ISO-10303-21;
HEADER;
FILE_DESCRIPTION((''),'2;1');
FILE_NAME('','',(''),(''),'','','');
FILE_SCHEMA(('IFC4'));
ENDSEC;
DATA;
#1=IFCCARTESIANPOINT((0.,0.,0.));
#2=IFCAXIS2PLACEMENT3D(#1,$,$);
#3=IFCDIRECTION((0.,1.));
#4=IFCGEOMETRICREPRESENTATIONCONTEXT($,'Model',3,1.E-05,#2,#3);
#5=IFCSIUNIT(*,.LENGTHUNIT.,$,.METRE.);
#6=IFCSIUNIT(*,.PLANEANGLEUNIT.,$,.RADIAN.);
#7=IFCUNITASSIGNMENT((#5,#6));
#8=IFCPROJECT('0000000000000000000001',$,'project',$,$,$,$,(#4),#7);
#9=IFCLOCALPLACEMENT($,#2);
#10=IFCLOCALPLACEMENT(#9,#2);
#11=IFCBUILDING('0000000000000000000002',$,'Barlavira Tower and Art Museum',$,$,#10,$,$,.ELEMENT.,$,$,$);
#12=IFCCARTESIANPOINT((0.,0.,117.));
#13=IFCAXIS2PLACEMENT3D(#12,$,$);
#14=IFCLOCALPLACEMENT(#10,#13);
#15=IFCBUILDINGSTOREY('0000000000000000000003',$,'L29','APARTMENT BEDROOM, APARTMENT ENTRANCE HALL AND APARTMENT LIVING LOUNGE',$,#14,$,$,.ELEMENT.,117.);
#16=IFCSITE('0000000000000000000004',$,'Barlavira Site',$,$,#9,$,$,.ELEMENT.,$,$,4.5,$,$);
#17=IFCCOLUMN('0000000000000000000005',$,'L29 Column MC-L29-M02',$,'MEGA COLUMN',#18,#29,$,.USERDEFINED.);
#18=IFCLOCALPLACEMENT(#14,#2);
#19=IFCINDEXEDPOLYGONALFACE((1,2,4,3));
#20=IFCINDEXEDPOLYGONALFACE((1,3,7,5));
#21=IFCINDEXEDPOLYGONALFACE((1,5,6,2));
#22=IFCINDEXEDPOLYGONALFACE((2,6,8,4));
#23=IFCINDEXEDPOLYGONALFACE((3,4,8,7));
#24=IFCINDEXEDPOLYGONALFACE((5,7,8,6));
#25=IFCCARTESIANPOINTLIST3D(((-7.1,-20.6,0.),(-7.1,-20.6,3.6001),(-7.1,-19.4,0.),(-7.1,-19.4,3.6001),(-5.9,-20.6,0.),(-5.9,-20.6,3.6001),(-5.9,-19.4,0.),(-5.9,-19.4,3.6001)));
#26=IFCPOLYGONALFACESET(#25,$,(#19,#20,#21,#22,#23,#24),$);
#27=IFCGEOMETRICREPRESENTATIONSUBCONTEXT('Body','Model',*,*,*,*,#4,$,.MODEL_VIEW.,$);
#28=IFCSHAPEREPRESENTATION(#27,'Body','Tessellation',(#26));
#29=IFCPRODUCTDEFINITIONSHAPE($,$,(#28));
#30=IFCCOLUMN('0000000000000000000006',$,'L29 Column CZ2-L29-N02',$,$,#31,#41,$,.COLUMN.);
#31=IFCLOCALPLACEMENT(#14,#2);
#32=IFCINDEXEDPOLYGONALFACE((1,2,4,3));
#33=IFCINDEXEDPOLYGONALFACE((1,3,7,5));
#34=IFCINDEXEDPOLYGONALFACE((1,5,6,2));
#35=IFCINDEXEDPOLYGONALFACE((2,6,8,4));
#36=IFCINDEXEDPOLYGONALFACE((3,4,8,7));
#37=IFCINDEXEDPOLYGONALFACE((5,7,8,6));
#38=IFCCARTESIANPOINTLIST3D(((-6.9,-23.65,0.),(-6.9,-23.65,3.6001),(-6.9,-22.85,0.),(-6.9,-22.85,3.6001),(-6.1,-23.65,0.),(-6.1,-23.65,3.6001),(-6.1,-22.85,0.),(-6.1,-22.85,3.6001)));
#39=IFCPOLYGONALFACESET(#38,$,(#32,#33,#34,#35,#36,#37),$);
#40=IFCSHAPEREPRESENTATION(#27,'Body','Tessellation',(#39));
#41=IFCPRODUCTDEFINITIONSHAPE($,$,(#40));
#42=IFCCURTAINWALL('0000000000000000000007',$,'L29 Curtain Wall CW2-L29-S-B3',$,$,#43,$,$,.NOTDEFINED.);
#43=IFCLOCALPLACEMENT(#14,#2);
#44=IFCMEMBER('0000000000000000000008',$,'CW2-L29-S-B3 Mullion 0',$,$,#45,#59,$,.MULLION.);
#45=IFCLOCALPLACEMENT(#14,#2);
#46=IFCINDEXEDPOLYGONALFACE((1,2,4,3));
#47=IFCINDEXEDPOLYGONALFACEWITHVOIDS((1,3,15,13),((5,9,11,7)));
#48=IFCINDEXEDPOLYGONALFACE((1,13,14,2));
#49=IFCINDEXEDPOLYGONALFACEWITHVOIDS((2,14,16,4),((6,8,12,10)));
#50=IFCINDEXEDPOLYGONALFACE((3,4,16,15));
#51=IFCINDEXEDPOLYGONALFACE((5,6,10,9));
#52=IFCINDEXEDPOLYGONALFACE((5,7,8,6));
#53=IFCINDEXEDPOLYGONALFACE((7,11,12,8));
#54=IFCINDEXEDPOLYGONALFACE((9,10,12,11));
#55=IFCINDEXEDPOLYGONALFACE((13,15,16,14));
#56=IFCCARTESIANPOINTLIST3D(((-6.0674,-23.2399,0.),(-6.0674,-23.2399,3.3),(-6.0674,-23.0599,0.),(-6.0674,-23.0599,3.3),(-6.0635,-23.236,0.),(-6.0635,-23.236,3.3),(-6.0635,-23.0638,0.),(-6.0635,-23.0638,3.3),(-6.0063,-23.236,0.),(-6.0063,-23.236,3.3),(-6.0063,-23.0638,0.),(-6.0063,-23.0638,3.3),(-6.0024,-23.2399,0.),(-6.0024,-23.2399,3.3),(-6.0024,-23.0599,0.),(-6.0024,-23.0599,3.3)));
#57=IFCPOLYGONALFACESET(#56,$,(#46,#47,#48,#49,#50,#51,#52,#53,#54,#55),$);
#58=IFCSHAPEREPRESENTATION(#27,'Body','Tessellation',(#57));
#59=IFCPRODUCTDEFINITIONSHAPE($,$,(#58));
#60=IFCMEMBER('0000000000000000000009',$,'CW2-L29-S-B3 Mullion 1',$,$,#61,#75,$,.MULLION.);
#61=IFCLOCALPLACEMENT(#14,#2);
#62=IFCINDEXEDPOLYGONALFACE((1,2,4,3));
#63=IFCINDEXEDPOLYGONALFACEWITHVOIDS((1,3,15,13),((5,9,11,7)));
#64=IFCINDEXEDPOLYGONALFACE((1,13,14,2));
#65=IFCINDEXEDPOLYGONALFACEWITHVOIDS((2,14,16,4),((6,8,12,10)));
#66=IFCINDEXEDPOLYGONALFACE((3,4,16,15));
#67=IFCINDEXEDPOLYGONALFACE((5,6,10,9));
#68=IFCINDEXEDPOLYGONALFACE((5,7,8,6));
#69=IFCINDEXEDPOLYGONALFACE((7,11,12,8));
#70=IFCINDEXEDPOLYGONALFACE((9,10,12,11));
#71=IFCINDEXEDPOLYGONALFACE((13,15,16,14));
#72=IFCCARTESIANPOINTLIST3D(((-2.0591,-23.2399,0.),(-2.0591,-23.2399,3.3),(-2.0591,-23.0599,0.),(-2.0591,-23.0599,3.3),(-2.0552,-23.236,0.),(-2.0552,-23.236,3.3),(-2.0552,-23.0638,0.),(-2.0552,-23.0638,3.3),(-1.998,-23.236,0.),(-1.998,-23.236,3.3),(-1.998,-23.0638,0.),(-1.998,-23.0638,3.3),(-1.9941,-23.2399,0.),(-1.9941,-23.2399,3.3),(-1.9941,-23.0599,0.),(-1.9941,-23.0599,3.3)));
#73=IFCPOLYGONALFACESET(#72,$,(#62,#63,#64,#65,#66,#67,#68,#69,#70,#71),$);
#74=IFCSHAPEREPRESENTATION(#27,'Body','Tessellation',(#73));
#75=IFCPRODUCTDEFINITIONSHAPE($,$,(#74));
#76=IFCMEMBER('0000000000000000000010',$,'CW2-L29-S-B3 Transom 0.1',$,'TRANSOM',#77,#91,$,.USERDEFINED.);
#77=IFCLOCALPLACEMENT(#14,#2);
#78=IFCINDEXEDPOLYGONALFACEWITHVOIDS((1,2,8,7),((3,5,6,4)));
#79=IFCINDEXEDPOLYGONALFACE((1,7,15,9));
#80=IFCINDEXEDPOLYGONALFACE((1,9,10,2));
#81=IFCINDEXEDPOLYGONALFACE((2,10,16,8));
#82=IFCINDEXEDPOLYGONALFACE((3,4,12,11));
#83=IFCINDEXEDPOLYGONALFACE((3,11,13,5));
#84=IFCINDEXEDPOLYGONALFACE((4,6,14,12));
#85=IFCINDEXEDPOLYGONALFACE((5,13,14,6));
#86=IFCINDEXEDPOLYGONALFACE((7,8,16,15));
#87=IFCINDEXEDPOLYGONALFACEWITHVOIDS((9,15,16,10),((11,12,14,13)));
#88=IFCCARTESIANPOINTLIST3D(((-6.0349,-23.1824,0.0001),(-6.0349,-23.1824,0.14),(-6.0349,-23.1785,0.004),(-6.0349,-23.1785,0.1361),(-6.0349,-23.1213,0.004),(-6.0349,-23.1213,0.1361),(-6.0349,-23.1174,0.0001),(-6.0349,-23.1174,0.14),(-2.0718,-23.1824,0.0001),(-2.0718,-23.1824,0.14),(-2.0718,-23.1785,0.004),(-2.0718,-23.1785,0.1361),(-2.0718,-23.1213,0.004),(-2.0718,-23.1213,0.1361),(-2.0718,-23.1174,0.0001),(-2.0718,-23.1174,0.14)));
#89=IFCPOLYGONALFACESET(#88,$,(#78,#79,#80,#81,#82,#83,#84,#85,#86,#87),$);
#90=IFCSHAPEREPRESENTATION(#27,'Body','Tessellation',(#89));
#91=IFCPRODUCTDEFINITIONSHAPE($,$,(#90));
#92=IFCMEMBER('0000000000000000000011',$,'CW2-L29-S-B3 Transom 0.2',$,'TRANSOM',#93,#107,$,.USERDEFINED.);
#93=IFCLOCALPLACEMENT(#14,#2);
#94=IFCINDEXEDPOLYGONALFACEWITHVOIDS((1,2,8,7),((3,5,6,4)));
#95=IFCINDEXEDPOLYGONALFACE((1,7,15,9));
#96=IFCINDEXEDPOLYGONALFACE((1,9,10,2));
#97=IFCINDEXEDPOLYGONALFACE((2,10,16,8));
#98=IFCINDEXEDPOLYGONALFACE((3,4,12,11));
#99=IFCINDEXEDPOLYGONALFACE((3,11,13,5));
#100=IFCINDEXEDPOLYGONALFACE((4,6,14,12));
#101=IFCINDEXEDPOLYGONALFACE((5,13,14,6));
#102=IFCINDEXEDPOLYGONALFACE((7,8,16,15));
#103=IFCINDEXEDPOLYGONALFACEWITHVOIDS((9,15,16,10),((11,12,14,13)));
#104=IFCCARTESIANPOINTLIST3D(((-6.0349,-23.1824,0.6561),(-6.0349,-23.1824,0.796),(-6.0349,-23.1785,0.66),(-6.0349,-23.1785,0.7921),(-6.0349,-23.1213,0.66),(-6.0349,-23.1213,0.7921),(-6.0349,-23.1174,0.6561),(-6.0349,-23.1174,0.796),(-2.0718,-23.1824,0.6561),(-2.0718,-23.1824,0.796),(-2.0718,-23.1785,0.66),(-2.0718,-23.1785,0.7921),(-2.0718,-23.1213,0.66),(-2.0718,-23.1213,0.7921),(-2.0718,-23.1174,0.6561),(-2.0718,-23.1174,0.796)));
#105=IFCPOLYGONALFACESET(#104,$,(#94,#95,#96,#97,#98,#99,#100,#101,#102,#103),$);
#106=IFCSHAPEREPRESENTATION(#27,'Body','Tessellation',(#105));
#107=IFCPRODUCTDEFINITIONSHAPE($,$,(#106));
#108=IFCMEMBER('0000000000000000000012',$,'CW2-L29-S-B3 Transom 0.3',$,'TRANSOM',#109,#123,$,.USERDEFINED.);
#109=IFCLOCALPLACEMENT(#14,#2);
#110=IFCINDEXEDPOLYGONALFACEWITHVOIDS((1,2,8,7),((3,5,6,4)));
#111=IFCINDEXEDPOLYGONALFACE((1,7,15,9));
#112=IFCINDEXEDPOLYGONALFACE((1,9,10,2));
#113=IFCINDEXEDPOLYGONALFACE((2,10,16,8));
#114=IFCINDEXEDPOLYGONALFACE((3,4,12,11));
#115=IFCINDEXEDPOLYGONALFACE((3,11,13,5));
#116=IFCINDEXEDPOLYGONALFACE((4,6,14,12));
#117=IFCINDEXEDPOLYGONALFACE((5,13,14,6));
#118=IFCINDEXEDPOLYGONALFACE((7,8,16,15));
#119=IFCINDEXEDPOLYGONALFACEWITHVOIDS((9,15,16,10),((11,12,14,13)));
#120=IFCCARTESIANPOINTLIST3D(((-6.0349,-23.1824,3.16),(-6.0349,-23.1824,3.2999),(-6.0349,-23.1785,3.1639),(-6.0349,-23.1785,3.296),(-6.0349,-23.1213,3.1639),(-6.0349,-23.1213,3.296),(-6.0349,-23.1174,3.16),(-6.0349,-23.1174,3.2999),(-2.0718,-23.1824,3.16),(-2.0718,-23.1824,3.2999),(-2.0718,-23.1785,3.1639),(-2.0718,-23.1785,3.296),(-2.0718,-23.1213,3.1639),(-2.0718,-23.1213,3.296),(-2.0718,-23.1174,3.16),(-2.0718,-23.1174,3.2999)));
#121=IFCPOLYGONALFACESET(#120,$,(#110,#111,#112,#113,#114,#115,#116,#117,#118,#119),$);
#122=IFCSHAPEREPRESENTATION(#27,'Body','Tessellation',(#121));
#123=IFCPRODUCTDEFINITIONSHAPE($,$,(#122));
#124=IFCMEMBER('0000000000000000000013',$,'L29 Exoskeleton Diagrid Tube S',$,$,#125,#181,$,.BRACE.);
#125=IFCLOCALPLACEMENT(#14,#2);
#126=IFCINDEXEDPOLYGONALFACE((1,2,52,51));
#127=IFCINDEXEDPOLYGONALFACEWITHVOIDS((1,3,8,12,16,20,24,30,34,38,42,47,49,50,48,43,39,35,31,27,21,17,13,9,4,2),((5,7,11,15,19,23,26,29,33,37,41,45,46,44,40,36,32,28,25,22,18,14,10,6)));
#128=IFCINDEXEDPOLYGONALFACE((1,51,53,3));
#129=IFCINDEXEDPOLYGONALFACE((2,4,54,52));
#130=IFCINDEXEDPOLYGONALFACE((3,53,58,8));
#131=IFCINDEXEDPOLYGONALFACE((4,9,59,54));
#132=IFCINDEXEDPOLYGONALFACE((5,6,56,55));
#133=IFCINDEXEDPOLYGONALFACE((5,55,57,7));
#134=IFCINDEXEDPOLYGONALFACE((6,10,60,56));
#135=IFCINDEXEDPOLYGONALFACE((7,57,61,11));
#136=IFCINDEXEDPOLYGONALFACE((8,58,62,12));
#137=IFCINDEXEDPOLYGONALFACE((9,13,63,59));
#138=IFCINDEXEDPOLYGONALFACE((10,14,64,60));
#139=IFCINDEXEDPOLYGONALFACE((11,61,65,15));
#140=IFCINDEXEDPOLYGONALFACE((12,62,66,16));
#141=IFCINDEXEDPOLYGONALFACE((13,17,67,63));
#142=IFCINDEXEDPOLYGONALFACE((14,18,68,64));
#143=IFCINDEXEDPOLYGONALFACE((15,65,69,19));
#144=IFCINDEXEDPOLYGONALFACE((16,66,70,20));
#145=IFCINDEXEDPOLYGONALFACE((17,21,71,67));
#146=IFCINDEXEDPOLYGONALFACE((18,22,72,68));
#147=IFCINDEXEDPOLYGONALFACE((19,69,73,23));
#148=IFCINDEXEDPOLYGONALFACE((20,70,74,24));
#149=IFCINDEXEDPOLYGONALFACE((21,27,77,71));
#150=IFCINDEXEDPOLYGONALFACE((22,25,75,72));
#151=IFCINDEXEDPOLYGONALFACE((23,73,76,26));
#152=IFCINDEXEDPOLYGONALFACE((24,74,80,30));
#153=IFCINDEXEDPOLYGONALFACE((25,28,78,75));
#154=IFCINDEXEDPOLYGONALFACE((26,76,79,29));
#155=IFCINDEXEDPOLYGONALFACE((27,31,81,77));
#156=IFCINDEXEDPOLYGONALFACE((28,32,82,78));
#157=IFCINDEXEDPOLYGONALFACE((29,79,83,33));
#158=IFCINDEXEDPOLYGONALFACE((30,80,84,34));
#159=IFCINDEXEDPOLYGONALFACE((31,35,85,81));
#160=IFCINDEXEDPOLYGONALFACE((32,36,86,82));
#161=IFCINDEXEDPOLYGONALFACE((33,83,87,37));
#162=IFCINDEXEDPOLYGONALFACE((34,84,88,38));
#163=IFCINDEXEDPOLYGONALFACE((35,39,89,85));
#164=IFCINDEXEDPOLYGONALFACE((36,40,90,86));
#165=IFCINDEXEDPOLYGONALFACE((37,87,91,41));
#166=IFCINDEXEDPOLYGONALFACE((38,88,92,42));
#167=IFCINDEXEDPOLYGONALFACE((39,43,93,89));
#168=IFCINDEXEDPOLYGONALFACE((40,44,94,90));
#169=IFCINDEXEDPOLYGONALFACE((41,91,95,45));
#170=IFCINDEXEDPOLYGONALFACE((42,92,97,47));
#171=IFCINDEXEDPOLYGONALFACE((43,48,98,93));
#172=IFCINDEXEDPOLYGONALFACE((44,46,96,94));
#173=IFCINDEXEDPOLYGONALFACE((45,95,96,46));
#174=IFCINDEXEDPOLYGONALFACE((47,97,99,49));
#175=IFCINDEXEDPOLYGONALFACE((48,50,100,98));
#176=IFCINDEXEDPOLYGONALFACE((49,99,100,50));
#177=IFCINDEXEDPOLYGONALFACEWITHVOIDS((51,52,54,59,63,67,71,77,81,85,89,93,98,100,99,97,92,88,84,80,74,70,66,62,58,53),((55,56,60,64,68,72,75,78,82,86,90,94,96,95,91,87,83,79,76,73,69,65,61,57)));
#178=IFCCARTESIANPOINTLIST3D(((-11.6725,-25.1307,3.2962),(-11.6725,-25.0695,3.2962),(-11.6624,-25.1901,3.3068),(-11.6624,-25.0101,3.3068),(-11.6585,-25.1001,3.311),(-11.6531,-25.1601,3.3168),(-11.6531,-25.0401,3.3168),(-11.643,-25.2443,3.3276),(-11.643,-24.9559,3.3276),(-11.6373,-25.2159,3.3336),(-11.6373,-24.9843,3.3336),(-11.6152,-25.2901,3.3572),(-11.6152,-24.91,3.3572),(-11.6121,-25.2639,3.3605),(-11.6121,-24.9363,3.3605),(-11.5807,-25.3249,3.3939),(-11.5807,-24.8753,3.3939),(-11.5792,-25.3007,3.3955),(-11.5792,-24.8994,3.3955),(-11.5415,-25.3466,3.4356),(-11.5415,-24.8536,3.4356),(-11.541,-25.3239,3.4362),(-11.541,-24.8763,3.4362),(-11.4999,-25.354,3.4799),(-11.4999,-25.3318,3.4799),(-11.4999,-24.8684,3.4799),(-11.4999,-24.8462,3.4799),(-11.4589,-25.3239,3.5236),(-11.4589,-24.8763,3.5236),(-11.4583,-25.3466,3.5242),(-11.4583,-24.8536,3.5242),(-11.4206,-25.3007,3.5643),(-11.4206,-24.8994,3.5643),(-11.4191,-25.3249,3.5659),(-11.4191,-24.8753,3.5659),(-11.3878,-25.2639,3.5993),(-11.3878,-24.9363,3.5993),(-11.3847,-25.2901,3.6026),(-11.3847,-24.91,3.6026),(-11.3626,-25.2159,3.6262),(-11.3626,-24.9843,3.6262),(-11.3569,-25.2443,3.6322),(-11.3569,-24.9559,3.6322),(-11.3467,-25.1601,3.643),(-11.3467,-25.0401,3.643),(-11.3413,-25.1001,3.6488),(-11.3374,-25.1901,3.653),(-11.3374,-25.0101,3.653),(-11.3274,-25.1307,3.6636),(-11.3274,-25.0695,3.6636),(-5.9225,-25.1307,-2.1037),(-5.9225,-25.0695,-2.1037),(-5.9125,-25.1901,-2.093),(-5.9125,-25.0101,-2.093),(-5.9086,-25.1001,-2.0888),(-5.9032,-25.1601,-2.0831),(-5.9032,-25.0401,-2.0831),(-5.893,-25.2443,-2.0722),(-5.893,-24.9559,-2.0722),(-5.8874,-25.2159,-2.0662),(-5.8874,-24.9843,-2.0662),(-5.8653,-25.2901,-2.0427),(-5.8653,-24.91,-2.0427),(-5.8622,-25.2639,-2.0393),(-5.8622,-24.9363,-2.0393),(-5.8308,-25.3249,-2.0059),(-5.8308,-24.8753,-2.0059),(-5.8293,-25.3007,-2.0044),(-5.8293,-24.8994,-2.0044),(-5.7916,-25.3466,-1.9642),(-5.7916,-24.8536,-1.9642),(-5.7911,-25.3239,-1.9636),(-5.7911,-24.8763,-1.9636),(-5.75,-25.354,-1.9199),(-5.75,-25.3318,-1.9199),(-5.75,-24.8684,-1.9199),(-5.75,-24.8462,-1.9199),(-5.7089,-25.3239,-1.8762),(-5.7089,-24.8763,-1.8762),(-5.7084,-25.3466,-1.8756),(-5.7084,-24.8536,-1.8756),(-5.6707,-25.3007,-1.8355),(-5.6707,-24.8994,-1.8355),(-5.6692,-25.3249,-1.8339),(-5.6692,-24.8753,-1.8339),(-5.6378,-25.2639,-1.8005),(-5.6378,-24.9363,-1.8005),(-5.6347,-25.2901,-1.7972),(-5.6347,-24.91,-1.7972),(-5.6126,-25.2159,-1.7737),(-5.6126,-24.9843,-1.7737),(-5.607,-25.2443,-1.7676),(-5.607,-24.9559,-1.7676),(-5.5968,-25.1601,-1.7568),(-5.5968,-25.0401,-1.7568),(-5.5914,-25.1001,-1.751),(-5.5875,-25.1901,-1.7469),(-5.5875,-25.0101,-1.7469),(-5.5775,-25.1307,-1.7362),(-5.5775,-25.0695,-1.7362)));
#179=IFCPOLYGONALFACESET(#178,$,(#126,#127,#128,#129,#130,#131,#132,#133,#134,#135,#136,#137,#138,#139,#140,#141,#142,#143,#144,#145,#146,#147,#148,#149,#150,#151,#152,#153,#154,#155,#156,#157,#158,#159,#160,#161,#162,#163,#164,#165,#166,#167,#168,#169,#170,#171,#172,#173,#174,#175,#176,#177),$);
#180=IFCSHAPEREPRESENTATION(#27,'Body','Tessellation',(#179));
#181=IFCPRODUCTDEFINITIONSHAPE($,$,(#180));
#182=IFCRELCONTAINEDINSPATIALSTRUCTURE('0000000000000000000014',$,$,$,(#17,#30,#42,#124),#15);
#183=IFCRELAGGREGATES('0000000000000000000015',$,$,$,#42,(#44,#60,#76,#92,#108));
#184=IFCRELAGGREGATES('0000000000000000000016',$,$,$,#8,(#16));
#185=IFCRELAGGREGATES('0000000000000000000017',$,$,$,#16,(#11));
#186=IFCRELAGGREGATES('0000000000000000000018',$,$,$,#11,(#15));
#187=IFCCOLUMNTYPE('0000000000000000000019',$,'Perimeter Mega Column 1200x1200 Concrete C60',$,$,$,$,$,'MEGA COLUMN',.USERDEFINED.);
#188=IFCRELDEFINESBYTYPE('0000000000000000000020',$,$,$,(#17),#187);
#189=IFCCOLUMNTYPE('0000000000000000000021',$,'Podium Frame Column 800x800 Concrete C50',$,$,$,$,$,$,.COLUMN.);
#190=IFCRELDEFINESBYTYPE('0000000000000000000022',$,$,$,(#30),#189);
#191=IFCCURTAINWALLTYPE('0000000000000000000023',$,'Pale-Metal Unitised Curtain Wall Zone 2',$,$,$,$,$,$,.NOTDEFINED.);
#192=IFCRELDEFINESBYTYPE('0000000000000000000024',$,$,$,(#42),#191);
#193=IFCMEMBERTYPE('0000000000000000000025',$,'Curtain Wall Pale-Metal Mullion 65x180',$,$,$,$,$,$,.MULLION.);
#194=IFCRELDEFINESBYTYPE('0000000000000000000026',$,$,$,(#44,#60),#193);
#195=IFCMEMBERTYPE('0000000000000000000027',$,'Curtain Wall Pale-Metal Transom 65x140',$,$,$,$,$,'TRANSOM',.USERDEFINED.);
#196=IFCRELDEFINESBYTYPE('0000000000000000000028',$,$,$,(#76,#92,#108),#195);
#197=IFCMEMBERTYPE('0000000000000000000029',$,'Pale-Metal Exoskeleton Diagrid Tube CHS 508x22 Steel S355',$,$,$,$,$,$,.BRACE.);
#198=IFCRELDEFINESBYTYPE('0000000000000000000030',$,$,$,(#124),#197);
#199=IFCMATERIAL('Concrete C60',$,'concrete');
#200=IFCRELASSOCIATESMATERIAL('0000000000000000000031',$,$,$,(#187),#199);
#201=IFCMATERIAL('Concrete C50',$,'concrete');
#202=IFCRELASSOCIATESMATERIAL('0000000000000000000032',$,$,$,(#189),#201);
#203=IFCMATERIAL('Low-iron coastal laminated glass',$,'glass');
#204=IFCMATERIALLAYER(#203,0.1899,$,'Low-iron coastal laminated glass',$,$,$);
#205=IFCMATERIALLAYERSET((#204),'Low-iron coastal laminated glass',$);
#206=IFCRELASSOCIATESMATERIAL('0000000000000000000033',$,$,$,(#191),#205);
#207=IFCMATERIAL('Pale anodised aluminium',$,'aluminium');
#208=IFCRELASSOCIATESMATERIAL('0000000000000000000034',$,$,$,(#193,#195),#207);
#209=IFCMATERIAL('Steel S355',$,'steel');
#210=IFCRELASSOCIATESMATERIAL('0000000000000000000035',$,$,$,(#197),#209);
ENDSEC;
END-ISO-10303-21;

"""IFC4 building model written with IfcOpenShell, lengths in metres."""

from ifc_helpers import new_model, si_unit, direction, frame, origin, origin_2d, place, context, subcontext, project, spatial, rectangle, hollow_rectangle, hollow_circle, extrude, material, layer, layer_set, material_profile, profile_set, type_object, element, aggregate, save


model = new_model("IFC4")

# Units and contexts
model_context = context("Model", 3, precision=1e-05, world=origin(), true_north=direction((0.0, 1.0)))
body_context = subcontext(model_context, "Body", "Model", "MODEL_VIEW")
ifc_project = project(units=[si_unit("LENGTHUNIT", "METRE"), si_unit("PLANEANGLEUNIT", "RADIAN")], contexts=[model_context])

# Site, building, storey
site_placement = place(None, origin())
site = spatial("IfcSite", under=ifc_project, at=site_placement, Name="Barlavira Site", CompositionType="ELEMENT", RefElevation=4.5)
building_placement = place(site_placement, origin())
building = spatial("IfcBuilding", under=site, at=building_placement, Name="Barlavira Tower and Art Museum", CompositionType="ELEMENT")
storey_placement = place(building_placement, frame((0.0, 0.0, 117.0)))
storey = spatial("IfcBuildingStorey", under=building, at=storey_placement, Name="L29", Description="APARTMENT BEDROOM, APARTMENT ENTRANCE HALL AND APARTMENT LIVING LOUNGE", CompositionType="ELEMENT", Elevation=117.0)

# Columns
ifc_material_1 = material(Name="Concrete C60", Category="concrete")
ifc_material_profile_1 = material_profile(ifc_material_1, rectangle(XDim=1.2, YDim=1.2, at=origin_2d()), Name="RC-COL 1200x1200")
ifc_profile_set_1 = profile_set([ifc_material_profile_1], Name="Concrete C60")
column_type_1 = type_object("IfcColumnType", Name="Perimeter Mega Column 1200x1200 Concrete C60", ElementType="MEGA COLUMN", PredefinedType="USERDEFINED", material=ifc_profile_set_1)
column_1_placement = place(storey_placement, frame((-6.5, -20.0, 0.0), z_axis=(0.0, 0.0, 1.0), x_axis=(1.0, 0.0, 0.0)))
element("IfcColumn", 1, at=column_1_placement, inside=storey, type_object=column_type_1, Name="L29 Column MC-L29-M02", ObjectType="MEGA COLUMN", PredefinedType="USERDEFINED", context=body_context, shape_type="SweptSolid", body=[
    extrude(rectangle(XDim=1.2, YDim=1.2, at=origin_2d()), origin(), (0.0, 0.0, 1.0), 3.6001),
])
ifc_material_2 = material(Name="Concrete C50", Category="concrete")
ifc_material_profile_2 = material_profile(ifc_material_2, rectangle(XDim=0.8, YDim=0.8, at=origin_2d()), Name="RC-COL 800x800")
ifc_profile_set_2 = profile_set([ifc_material_profile_2], Name="Concrete C50")
column_type_2 = type_object("IfcColumnType", Name="Podium Frame Column 800x800 Concrete C50", PredefinedType="COLUMN", material=ifc_profile_set_2)
column_2_placement = place(storey_placement, frame((-6.5, -23.25, 0.0), z_axis=(0.0, 0.0, 1.0), x_axis=(1.0, 0.0, 0.0)))
element("IfcColumn", 2, at=column_2_placement, inside=storey, type_object=column_type_2, Name="L29 Column CZ2-L29-N02", PredefinedType="COLUMN", context=body_context, shape_type="SweptSolid", body=[
    extrude(rectangle(XDim=0.8, YDim=0.8, at=origin_2d()), origin(), (0.0, 0.0, 1.0), 3.6001),
])

# Curtain wall, members
ifc_material_3 = material(Name="Low-iron coastal laminated glass", Category="glass")
ifc_layer_1 = layer(ifc_material_3, 0.1899, Name="Low-iron coastal laminated glass")
ifc_layer_set_1 = layer_set([ifc_layer_1], Name="Low-iron coastal laminated glass")
curtain_wall_type = type_object("IfcCurtainWallType", Name="Pale-Metal Unitised Curtain Wall Zone 2", PredefinedType="NOTDEFINED", material=ifc_layer_set_1)
curtain_wall_placement = place(storey_placement, origin())
curtain_wall = element("IfcCurtainWall", 3, at=curtain_wall_placement, inside=storey, type_object=curtain_wall_type, Name="L29 Curtain Wall CW2-L29-S-B3", PredefinedType="NOTDEFINED")
ifc_material_4 = material(Name="Pale anodised aluminium", Category="aluminium")
ifc_material_profile_3 = material_profile(ifc_material_4, hollow_rectangle(XDim=0.0649, YDim=0.1799, WallThickness=0.0039, at=origin_2d()), Name="ALU-MULL 65x180x4")
ifc_profile_set_3 = profile_set([ifc_material_profile_3], Name="Pale anodised aluminium")
member_type_1 = type_object("IfcMemberType", Name="Curtain Wall Pale-Metal Mullion 65x180", PredefinedType="MULLION", material=ifc_profile_set_3)
member_1_placement = place(storey_placement, frame((-6.0349, -23.1499, 0.0), z_axis=(0.0, 0.0, 1.0), x_axis=(1.0, 0.0, 0.0)))
member_1 = element("IfcMember", 4, at=member_1_placement, type_object=member_type_1, Name="CW2-L29-S-B3 Mullion 0", PredefinedType="MULLION", context=body_context, shape_type="SweptSolid", body=[
    extrude(hollow_rectangle(XDim=0.0649, YDim=0.1799, WallThickness=0.0039, at=origin_2d()), origin(), (0.0, 0.0, 1.0), 3.3),
])
member_2_placement = place(storey_placement, frame((-2.0266, -23.1499, 0.0), z_axis=(0.0, 0.0, 1.0), x_axis=(1.0, 0.0, 0.0)))
member_2 = element("IfcMember", 5, at=member_2_placement, type_object=member_type_1, Name="CW2-L29-S-B3 Mullion 1", PredefinedType="MULLION", context=body_context, shape_type="SweptSolid", body=[
    extrude(hollow_rectangle(XDim=0.0649, YDim=0.1799, WallThickness=0.0039, at=origin_2d()), origin(), (0.0, 0.0, 1.0), 3.3),
])
ifc_material_profile_4 = material_profile(ifc_material_4, hollow_rectangle(XDim=0.0649, YDim=0.1399, WallThickness=0.0039, at=origin_2d()), Name="ALU-TRAN 65x140x4")
ifc_profile_set_4 = profile_set([ifc_material_profile_4], Name="Pale anodised aluminium")
member_type_2 = type_object("IfcMemberType", Name="Curtain Wall Pale-Metal Transom 65x140", ElementType="TRANSOM", PredefinedType="USERDEFINED", material=ifc_profile_set_4)
member_3_placement = place(storey_placement, frame((-6.0349, -23.1499, 0.0701), z_axis=(1.0, 0.0, 0.0), x_axis=(0.0, 1.0, 0.0)))
member_3 = element("IfcMember", 6, at=member_3_placement, type_object=member_type_2, Name="CW2-L29-S-B3 Transom 0.1", ObjectType="TRANSOM", PredefinedType="USERDEFINED", context=body_context, shape_type="SweptSolid", body=[
    extrude(hollow_rectangle(XDim=0.0649, YDim=0.1399, WallThickness=0.0039, at=origin_2d()), origin(), (0.0, 0.0, 1.0), 3.9631),
])
member_4_placement = place(storey_placement, frame((-6.0349, -23.1499, 0.7261), z_axis=(1.0, 0.0, 0.0), x_axis=(0.0, 1.0, 0.0)))
member_4 = element("IfcMember", 7, at=member_4_placement, type_object=member_type_2, Name="CW2-L29-S-B3 Transom 0.2", ObjectType="TRANSOM", PredefinedType="USERDEFINED", context=body_context, shape_type="SweptSolid", body=[
    extrude(hollow_rectangle(XDim=0.0649, YDim=0.1399, WallThickness=0.0039, at=origin_2d()), origin(), (0.0, 0.0, 1.0), 3.9631),
])
member_5_placement = place(storey_placement, frame((-6.0349, -23.1499, 3.23), z_axis=(1.0, 0.0, 0.0), x_axis=(0.0, 1.0, 0.0)))
member_5 = element("IfcMember", 8, at=member_5_placement, type_object=member_type_2, Name="CW2-L29-S-B3 Transom 0.3", ObjectType="TRANSOM", PredefinedType="USERDEFINED", context=body_context, shape_type="SweptSolid", body=[
    extrude(hollow_rectangle(XDim=0.0649, YDim=0.1399, WallThickness=0.0039, at=origin_2d()), origin(), (0.0, 0.0, 1.0), 3.9631),
])

# Member
ifc_material_5 = material(Name="Steel S355", Category="steel")
ifc_material_profile_5 = material_profile(ifc_material_5, hollow_circle(Radius=0.2539, WallThickness=0.0222, at=origin_2d()), Name="CHS 508.0x22.2")
ifc_profile_set_5 = profile_set([ifc_material_profile_5], Name="Steel S355")
member_type_3 = type_object("IfcMemberType", Name="Pale-Metal Exoskeleton Diagrid Tube CHS 508x22 Steel S355", PredefinedType="BRACE", material=ifc_profile_set_5)
for number, where, z_axis, x_axis, name in (
    (9, (-5.75, -25.1001, -1.9199), (-0.72895, 0.0, 0.684567), (0.0, -1.0, 0.0), "L29 Exoskeleton Diagrid Tube S"),
):
    element("IfcMember", number, at=place(storey_placement, frame(where, z_axis=z_axis, x_axis=x_axis)), inside=storey, type_object=member_type_3, Name=name, PredefinedType="BRACE", context=body_context, shape_type="SweptSolid", body=[
        extrude(hollow_circle(Radius=0.2539, WallThickness=0.0222, at=origin_2d()), origin(), (0.0, 0.0, 1.0), 7.8879),
    ])

aggregate(curtain_wall, [member_1, member_2, member_3, member_4, member_5])

save(model, "model.ifc")
